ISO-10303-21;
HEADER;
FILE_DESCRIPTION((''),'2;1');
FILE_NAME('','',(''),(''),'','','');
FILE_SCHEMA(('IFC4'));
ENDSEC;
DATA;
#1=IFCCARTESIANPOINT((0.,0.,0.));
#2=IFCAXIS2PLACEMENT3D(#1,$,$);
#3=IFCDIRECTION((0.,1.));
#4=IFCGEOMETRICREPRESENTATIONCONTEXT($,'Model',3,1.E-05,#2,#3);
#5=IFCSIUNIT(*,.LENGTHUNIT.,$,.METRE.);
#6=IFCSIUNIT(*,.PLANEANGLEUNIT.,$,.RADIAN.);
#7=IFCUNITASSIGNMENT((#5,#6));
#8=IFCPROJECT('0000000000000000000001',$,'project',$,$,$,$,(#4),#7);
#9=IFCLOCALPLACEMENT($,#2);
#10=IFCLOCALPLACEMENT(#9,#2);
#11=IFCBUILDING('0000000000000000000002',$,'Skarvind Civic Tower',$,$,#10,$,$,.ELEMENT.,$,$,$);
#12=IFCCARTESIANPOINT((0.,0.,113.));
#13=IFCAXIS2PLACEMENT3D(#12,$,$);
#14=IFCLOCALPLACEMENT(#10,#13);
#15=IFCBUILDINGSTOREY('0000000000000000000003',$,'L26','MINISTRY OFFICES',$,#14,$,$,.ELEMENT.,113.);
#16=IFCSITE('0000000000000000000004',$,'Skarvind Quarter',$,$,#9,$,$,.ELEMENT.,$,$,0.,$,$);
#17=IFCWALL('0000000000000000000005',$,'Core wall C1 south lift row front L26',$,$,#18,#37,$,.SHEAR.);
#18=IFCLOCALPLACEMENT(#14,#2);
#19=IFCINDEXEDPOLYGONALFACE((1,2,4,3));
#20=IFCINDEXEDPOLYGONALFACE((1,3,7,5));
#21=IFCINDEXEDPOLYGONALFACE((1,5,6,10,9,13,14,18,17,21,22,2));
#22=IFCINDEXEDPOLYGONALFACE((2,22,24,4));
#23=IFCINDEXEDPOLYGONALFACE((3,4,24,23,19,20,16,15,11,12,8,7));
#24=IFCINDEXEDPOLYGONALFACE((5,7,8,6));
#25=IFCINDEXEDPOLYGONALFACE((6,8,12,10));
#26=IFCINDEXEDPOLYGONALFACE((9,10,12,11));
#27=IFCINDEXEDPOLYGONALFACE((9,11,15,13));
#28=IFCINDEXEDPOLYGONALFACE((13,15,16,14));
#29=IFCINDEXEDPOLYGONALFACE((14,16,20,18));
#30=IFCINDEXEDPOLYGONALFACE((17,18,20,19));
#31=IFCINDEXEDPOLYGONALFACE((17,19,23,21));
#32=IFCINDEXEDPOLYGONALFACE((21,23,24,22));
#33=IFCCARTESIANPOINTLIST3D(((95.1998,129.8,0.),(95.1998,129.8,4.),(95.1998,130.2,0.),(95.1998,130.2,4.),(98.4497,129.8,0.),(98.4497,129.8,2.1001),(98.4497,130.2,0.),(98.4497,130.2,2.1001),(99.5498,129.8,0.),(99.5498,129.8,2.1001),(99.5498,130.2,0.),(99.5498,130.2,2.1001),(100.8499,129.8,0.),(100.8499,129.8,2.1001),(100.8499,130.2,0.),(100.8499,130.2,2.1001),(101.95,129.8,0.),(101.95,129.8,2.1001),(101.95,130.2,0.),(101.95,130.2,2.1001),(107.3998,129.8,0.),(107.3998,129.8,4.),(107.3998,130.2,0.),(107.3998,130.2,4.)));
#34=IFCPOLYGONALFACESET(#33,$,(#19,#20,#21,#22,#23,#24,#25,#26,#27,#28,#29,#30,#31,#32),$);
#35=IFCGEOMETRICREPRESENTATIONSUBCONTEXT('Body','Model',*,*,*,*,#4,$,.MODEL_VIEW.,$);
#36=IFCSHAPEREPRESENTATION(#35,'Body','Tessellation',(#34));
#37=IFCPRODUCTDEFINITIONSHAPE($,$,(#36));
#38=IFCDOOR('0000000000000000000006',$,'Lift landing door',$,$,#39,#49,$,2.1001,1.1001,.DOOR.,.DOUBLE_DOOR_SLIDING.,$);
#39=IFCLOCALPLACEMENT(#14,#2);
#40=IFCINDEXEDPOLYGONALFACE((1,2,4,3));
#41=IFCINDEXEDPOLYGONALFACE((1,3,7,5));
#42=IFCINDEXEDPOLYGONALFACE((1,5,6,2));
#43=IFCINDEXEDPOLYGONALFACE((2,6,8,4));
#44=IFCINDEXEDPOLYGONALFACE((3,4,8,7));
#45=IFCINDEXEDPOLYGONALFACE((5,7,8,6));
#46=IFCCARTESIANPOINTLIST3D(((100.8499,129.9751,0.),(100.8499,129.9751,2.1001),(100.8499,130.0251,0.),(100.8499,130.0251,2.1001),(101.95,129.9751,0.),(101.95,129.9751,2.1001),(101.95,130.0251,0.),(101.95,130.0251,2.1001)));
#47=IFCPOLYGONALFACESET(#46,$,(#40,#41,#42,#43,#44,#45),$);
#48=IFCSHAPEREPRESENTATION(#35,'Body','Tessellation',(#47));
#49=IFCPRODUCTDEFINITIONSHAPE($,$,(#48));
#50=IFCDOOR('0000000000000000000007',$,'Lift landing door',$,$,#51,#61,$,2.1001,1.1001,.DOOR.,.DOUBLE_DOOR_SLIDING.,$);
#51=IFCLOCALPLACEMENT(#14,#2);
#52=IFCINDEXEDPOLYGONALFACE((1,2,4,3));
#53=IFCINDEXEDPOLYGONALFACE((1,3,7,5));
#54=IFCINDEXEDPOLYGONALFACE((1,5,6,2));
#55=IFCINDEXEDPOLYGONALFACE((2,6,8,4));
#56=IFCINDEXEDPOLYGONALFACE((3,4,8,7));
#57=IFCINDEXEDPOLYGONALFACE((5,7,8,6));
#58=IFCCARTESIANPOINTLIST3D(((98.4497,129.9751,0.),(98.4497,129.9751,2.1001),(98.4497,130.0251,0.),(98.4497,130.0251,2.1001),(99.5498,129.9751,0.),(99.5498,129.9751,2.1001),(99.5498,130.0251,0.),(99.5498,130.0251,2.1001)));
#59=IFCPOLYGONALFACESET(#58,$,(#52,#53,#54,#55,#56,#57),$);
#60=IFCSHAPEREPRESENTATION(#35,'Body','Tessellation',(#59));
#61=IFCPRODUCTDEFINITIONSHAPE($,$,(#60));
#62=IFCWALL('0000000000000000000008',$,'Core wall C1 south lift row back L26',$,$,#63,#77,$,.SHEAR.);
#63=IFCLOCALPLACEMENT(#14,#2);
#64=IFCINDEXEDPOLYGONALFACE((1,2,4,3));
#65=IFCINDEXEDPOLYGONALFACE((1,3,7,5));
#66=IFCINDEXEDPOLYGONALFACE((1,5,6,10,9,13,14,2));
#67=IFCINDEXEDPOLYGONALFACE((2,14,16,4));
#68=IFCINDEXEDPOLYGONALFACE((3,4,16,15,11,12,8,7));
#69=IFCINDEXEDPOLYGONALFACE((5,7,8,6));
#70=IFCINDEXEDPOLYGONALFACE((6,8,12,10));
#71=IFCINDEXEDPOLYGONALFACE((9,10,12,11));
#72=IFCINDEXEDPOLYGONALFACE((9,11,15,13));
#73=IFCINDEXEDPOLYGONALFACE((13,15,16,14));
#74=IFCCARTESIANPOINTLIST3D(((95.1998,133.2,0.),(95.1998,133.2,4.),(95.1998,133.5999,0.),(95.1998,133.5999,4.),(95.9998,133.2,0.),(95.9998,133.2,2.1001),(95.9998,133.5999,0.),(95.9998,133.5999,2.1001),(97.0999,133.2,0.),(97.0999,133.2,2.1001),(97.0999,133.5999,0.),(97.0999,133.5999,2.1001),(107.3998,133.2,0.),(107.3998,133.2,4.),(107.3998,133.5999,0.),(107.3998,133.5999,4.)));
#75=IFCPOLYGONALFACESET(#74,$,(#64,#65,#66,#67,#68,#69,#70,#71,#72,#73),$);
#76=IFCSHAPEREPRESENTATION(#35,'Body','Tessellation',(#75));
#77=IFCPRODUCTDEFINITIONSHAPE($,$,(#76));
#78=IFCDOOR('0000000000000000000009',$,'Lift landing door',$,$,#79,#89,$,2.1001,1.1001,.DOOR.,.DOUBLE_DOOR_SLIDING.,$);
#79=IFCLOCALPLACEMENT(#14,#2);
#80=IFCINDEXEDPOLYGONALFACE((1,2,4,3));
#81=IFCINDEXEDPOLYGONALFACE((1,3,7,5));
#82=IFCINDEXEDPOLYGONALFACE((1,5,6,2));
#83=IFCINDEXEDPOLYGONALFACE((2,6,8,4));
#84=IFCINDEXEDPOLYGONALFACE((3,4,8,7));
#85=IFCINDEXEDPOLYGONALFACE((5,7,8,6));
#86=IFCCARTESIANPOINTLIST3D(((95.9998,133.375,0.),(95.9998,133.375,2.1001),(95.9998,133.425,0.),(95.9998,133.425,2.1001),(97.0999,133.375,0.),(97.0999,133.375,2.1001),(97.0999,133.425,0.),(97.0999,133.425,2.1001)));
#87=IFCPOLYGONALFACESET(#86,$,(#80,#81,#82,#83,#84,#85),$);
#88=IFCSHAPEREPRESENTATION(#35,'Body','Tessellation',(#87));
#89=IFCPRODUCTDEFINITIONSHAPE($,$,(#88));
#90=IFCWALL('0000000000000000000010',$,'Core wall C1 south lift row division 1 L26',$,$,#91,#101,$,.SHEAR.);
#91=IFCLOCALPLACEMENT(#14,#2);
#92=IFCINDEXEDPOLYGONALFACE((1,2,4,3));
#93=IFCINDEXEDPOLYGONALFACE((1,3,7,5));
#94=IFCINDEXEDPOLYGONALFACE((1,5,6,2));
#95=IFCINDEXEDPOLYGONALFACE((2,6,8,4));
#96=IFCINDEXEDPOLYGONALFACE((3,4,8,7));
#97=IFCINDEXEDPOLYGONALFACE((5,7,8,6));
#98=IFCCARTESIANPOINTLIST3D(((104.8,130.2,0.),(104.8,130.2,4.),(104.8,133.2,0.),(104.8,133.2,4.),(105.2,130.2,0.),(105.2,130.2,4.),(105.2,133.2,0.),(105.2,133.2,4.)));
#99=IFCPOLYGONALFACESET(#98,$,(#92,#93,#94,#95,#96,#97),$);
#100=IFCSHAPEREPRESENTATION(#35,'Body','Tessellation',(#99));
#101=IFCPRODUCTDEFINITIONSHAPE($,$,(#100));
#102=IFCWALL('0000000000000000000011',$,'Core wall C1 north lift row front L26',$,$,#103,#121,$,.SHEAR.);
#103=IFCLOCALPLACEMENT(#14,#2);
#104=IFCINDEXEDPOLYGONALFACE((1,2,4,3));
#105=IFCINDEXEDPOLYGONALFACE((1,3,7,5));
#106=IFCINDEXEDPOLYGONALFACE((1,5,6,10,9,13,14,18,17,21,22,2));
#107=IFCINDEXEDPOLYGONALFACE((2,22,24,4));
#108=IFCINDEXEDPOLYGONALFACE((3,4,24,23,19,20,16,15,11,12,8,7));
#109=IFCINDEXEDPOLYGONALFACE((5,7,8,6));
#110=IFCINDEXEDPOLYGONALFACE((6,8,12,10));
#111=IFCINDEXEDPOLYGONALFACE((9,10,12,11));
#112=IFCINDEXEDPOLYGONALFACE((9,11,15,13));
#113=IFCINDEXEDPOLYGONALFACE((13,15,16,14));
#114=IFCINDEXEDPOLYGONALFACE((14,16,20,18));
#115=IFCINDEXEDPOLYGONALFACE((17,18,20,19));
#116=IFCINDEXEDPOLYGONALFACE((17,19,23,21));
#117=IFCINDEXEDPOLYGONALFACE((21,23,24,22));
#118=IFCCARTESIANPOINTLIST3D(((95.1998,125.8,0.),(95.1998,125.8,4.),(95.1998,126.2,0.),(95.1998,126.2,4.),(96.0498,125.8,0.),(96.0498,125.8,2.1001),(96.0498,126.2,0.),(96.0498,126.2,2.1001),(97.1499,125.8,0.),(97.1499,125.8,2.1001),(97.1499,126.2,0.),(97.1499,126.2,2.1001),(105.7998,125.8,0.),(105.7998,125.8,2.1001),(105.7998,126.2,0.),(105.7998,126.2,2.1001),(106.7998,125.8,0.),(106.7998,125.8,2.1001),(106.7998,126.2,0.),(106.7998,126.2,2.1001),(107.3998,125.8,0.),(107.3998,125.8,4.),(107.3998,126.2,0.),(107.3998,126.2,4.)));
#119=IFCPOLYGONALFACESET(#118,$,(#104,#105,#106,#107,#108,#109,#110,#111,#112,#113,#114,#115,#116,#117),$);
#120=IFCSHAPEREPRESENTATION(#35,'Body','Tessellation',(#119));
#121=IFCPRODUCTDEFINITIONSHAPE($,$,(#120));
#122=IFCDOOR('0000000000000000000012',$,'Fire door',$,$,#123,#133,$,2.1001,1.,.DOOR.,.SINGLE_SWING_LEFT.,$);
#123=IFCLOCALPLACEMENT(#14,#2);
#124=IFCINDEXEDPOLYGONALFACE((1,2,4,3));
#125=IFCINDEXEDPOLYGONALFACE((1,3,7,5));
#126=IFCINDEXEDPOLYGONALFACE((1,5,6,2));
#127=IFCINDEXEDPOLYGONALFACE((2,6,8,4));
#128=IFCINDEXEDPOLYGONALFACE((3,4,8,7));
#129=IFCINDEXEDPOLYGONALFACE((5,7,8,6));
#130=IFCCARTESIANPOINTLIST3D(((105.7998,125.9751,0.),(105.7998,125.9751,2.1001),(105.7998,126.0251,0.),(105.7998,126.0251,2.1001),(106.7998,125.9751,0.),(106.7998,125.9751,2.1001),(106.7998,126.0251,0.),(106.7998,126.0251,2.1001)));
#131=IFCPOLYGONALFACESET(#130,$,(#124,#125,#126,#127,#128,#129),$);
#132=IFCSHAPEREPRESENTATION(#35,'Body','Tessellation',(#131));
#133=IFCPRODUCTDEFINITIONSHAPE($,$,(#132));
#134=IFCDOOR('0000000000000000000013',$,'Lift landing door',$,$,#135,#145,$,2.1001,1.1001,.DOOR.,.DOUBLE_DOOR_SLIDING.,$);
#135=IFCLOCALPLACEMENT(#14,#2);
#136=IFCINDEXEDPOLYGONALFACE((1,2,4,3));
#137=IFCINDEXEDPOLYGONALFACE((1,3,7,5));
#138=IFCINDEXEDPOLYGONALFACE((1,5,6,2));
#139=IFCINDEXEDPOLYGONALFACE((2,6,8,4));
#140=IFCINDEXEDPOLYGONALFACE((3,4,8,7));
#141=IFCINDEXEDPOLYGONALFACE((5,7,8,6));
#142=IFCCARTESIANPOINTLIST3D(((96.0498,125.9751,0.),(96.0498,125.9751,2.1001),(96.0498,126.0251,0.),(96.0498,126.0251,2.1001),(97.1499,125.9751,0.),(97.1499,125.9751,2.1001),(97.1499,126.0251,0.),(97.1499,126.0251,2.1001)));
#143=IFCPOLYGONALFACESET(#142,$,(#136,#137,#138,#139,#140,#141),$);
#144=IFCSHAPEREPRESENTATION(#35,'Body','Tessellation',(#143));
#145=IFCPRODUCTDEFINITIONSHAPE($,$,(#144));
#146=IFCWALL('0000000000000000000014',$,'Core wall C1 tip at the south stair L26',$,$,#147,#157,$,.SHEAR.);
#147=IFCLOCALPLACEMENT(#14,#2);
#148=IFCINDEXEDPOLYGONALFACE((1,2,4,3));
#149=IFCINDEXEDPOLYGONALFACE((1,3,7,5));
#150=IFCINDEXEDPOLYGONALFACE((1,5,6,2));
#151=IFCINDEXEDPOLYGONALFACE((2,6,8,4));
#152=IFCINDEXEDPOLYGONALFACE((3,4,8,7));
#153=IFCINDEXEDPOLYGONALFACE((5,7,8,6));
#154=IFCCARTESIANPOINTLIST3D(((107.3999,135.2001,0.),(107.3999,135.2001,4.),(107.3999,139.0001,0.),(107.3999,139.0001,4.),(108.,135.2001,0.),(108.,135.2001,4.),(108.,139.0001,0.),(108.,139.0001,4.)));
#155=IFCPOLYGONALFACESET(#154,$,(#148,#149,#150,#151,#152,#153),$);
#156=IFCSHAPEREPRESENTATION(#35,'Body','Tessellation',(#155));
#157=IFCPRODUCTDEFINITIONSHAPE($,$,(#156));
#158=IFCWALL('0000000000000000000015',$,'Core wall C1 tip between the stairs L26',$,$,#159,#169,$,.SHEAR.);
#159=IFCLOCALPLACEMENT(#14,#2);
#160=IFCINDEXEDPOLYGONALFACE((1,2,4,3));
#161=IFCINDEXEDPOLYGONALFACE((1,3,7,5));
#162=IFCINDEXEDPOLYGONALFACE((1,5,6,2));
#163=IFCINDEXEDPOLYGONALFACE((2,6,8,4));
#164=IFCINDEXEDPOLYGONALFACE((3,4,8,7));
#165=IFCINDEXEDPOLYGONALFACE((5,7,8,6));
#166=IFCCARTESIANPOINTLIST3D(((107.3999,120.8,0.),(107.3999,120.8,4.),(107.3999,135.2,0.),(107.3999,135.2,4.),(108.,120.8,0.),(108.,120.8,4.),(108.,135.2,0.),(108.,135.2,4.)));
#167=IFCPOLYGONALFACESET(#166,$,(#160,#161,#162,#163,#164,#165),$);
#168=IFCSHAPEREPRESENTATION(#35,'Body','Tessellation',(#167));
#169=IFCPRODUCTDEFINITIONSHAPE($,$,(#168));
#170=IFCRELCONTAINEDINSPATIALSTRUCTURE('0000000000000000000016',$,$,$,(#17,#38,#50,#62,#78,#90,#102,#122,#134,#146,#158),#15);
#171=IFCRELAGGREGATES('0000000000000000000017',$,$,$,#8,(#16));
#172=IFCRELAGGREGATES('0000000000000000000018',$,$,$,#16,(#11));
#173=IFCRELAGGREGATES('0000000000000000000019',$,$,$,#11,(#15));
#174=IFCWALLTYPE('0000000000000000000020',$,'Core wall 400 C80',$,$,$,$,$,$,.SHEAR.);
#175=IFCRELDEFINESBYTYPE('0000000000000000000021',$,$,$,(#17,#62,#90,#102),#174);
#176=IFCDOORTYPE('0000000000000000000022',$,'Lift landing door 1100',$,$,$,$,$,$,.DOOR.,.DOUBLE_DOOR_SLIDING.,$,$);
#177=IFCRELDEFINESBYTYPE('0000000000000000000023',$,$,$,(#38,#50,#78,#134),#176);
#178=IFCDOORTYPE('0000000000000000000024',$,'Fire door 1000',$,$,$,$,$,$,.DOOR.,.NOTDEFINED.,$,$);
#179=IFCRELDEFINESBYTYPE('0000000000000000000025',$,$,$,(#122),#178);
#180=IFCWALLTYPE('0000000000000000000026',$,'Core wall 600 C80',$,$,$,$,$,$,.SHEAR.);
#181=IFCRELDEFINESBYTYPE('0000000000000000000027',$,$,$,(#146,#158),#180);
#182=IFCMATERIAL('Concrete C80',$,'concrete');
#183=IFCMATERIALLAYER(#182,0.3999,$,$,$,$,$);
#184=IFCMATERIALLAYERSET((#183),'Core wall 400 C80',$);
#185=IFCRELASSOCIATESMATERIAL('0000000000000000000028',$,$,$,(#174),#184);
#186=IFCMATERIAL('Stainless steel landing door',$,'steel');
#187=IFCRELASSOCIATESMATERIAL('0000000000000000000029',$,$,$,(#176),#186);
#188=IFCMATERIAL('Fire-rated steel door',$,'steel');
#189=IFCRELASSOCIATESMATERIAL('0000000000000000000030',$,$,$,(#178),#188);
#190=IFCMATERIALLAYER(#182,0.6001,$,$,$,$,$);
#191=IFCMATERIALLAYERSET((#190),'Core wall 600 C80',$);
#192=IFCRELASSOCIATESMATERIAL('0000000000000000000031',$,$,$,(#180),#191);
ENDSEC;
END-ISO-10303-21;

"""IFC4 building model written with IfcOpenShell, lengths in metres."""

from ifc_helpers import new_model, si_unit, direction, frame, frame_2d, origin, place, context, subcontext, project, spatial, rectangle, extrude, material, layer, layer_set, type_object, element, fill, save


model = new_model("IFC4")

# Units and contexts
model_context = context("Model", 3, precision=1e-05, world=origin(), true_north=direction((0.0, 1.0)))
body_context = subcontext(model_context, "Body", "Model", "MODEL_VIEW")
ifc_project = project(units=[si_unit("LENGTHUNIT", "METRE"), si_unit("PLANEANGLEUNIT", "RADIAN")], contexts=[model_context])

# Site, building, storey
site_placement = place(None, origin())
site = spatial("IfcSite", under=ifc_project, at=site_placement, Name="Skarvind Quarter", CompositionType="ELEMENT", RefElevation=0.0)
building_placement = place(site_placement, origin())
building = spatial("IfcBuilding", under=site, at=building_placement, Name="Skarvind Civic Tower", CompositionType="ELEMENT")
storey_placement = place(building_placement, frame((0.0, 0.0, 113.0)))
storey = spatial("IfcBuildingStorey", under=building, at=storey_placement, Name="L26", Description="MINISTRY OFFICES", CompositionType="ELEMENT", Elevation=113.0)

# Shared definitions
ifc_material_1 = material(Name="Concrete C80", Category="concrete")
ifc_layer_1 = layer(ifc_material_1, 0.3999)
ifc_layer_set_1 = layer_set([ifc_layer_1], Name="Core wall 400 C80")
wall_type_1 = type_object("IfcWallType", Name="Core wall 400 C80", PredefinedType="SHEAR", material=ifc_layer_set_1)

# Wall, openings, doors
wall_1_placement = place(storey_placement, frame((107.3999, 130.0, 0.0), z_axis=(0.0, 0.0, 1.0), x_axis=(-1.0, 0.0, 0.0)))
wall_1 = element("IfcWall", 1, at=wall_1_placement, inside=storey, type_object=wall_type_1, Name="Core wall C1 south lift row front L26", PredefinedType="SHEAR", context=body_context, shape_type="SweptSolid", body=[
    extrude(rectangle(XDim=12.2, YDim=0.3999, at=frame_2d((6.1001, 0.0))), origin(), (0.0, 0.0, 1.0), 4.0),
])
opening_1_placement = place(wall_1_placement, frame((5.45, 0.0, 0.0)))
opening_1 = element("IfcOpeningElement", 2, at=opening_1_placement, cuts=wall_1, PredefinedType="OPENING", context=body_context, shape_type="SweptSolid", body=[
    extrude(rectangle(XDim=1.1001, YDim=2.1001, at=frame_2d((0.55, 1.05))), frame((0.0, 0.21, 0.0), z_axis=(0.0, -1.0, 0.0), x_axis=(1.0, 0.0, 0.0)), (0.0, 0.0, 1.0), 0.4199),
])
opening_2_placement = place(wall_1_placement, frame((7.8501, 0.0, 0.0)))
opening_2 = element("IfcOpeningElement", 3, at=opening_2_placement, cuts=wall_1, PredefinedType="OPENING", context=body_context, shape_type="SweptSolid", body=[
    extrude(rectangle(XDim=1.1001, YDim=2.1001, at=frame_2d((0.55, 1.05))), frame((0.0, 0.21, 0.0), z_axis=(0.0, -1.0, 0.0), x_axis=(1.0, 0.0, 0.0)), (0.0, 0.0, 1.0), 0.4199),
])
ifc_material_2 = material(Name="Stainless steel landing door", Category="steel")
door_type_1 = type_object("IfcDoorType", Name="Lift landing door 1100", OperationType="DOUBLE_DOOR_SLIDING", PredefinedType="DOOR", material=ifc_material_2)
door_1_placement = place(opening_1_placement, origin())
door_1 = element("IfcDoor", 4, at=door_1_placement, inside=storey, type_object=door_type_1, Name="Lift landing door", OperationType="DOUBLE_DOOR_SLIDING", OverallHeight=2.1001, OverallWidth=1.1001, PredefinedType="DOOR", context=body_context, shape_type="SweptSolid", body=[
    extrude(rectangle(XDim=1.1001, YDim=2.1001, at=frame_2d((0.55, 1.05))), frame((0.0, 0.0249, 0.0), z_axis=(0.0, -1.0, 0.0), x_axis=(1.0, 0.0, 0.0)), (0.0, 0.0, 1.0), 0.05),
])
fill(opening_1, door_1)
door_2_placement = place(opening_2_placement, origin())
door_2 = element("IfcDoor", 5, at=door_2_placement, inside=storey, type_object=door_type_1, Name="Lift landing door", OperationType="DOUBLE_DOOR_SLIDING", OverallHeight=2.1001, OverallWidth=1.1001, PredefinedType="DOOR", context=body_context, shape_type="SweptSolid", body=[
    extrude(rectangle(XDim=1.1001, YDim=2.1001, at=frame_2d((0.55, 1.05))), frame((0.0, 0.0249, 0.0), z_axis=(0.0, -1.0, 0.0), x_axis=(1.0, 0.0, 0.0)), (0.0, 0.0, 1.0), 0.05),
])
fill(opening_2, door_2)

# Wall, opening, door
wall_2_placement = place(storey_placement, frame((107.3999, 133.3999, 0.0), z_axis=(0.0, 0.0, 1.0), x_axis=(-1.0, 0.0, 0.0)))
wall_2 = element("IfcWall", 6, at=wall_2_placement, inside=storey, type_object=wall_type_1, Name="Core wall C1 south lift row back L26", PredefinedType="SHEAR", context=body_context, shape_type="SweptSolid", body=[
    extrude(rectangle(XDim=12.2, YDim=0.3999, at=frame_2d((6.1001, 0.0))), origin(), (0.0, 0.0, 1.0), 4.0),
])
opening_3_placement = place(wall_2_placement, frame((10.3, 0.0, 0.0)))
opening_3 = element("IfcOpeningElement", 7, at=opening_3_placement, cuts=wall_2, PredefinedType="OPENING", context=body_context, shape_type="SweptSolid", body=[
    extrude(rectangle(XDim=1.1001, YDim=2.1001, at=frame_2d((0.55, 1.05))), frame((0.0, 0.21, 0.0), z_axis=(0.0, -1.0, 0.0), x_axis=(1.0, 0.0, 0.0)), (0.0, 0.0, 1.0), 0.4199),
])
door_3_placement = place(opening_3_placement, origin())
door_3 = element("IfcDoor", 8, at=door_3_placement, inside=storey, type_object=door_type_1, Name="Lift landing door", OperationType="DOUBLE_DOOR_SLIDING", OverallHeight=2.1001, OverallWidth=1.1001, PredefinedType="DOOR", context=body_context, shape_type="SweptSolid", body=[
    extrude(rectangle(XDim=1.1001, YDim=2.1001, at=frame_2d((0.55, 1.05))), frame((0.0, 0.0249, 0.0), z_axis=(0.0, -1.0, 0.0), x_axis=(1.0, 0.0, 0.0)), (0.0, 0.0, 1.0), 0.05),
])
fill(opening_3, door_3)

# Wall
wall_3_placement = place(storey_placement, frame((105.0, 133.2, 0.0), z_axis=(0.0, 0.0, 1.0), x_axis=(0.0, -1.0, 0.0)))
element("IfcWall", 9, at=wall_3_placement, inside=storey, type_object=wall_type_1, Name="Core wall C1 south lift row division 1 L26", PredefinedType="SHEAR", context=body_context, shape_type="SweptSolid", body=[
    extrude(rectangle(XDim=3.0, YDim=0.3999, at=frame_2d((1.5, 0.0))), origin(), (0.0, 0.0, 1.0), 4.0),
])

# Wall, openings, doors
wall_4_placement = place(storey_placement, frame((107.3999, 126.0, 0.0), z_axis=(0.0, 0.0, 1.0), x_axis=(-1.0, 0.0, 0.0)))
wall_4 = element("IfcWall", 10, at=wall_4_placement, inside=storey, type_object=wall_type_1, Name="Core wall C1 north lift row front L26", PredefinedType="SHEAR", context=body_context, shape_type="SweptSolid", body=[
    extrude(rectangle(XDim=12.2, YDim=0.3999, at=frame_2d((6.1001, 0.0))), origin(), (0.0, 0.0, 1.0), 4.0),
])
opening_4_placement = place(wall_4_placement, frame((10.25, 0.0, 0.0)))
opening_4 = element("IfcOpeningElement", 11, at=opening_4_placement, cuts=wall_4, PredefinedType="OPENING", context=body_context, shape_type="SweptSolid", body=[
    extrude(rectangle(XDim=1.1001, YDim=2.1001, at=frame_2d((0.55, 1.05))), frame((0.0, 0.21, 0.0), z_axis=(0.0, -1.0, 0.0), x_axis=(1.0, 0.0, 0.0)), (0.0, 0.0, 1.0), 0.4199),
])
opening_5_placement = place(wall_4_placement, frame((0.6001, 0.0, 0.0)))
opening_5 = element("IfcOpeningElement", 12, at=opening_5_placement, cuts=wall_4, PredefinedType="OPENING", context=body_context, shape_type="SweptSolid", body=[
    extrude(rectangle(XDim=1.0, YDim=2.1001, at=frame_2d((0.5, 1.05))), frame((0.0, 0.21, 0.0), z_axis=(0.0, -1.0, 0.0), x_axis=(1.0, 0.0, 0.0)), (0.0, 0.0, 1.0), 0.4199),
])
ifc_material_3 = material(Name="Fire-rated steel door", Category="steel")
door_type_2 = type_object("IfcDoorType", Name="Fire door 1000", OperationType="NOTDEFINED", PredefinedType="DOOR", material=ifc_material_3)
door_4_placement = place(opening_5_placement, origin())
door_4 = element("IfcDoor", 13, at=door_4_placement, inside=storey, type_object=door_type_2, Name="Fire door", OperationType="SINGLE_SWING_LEFT", OverallHeight=2.1001, OverallWidth=1.0, PredefinedType="DOOR", context=body_context, shape_type="SweptSolid", body=[
    extrude(rectangle(XDim=1.0, YDim=2.1001, at=frame_2d((0.5, 1.05))), frame((0.0, 0.0249, 0.0), z_axis=(0.0, -1.0, 0.0), x_axis=(1.0, 0.0, 0.0)), (0.0, 0.0, 1.0), 0.05),
])
fill(opening_5, door_4)
door_5_placement = place(opening_4_placement, origin())
door_5 = element("IfcDoor", 14, at=door_5_placement, inside=storey, type_object=door_type_1, Name="Lift landing door", OperationType="DOUBLE_DOOR_SLIDING", OverallHeight=2.1001, OverallWidth=1.1001, PredefinedType="DOOR", context=body_context, shape_type="SweptSolid", body=[
    extrude(rectangle(XDim=1.1001, YDim=2.1001, at=frame_2d((0.55, 1.05))), frame((0.0, 0.0249, 0.0), z_axis=(0.0, -1.0, 0.0), x_axis=(1.0, 0.0, 0.0)), (0.0, 0.0, 1.0), 0.05),
])
fill(opening_4, door_5)

# Walls
ifc_layer_2 = layer(ifc_material_1, 0.6001)
ifc_layer_set_2 = layer_set([ifc_layer_2], Name="Core wall 600 C80")
wall_type_2 = type_object("IfcWallType", Name="Core wall 600 C80", PredefinedType="SHEAR", material=ifc_layer_set_2)
wall_5_placement = place(storey_placement, frame((107.7, 139.0, 0.0), z_axis=(0.0, 0.0, 1.0), x_axis=(0.0, -1.0, 0.0)))
element("IfcWall", 15, at=wall_5_placement, inside=storey, type_object=wall_type_2, Name="Core wall C1 tip at the south stair L26", PredefinedType="SHEAR", context=body_context, shape_type="SweptSolid", body=[
    extrude(rectangle(XDim=3.8, YDim=0.6001, at=frame_2d((1.8999, 0.0))), origin(), (0.0, 0.0, 1.0), 4.0),
])
wall_6_placement = place(storey_placement, frame((107.7, 135.2, 0.0), z_axis=(0.0, 0.0, 1.0), x_axis=(0.0, -1.0, 0.0)))
element("IfcWall", 16, at=wall_6_placement, inside=storey, type_object=wall_type_2, Name="Core wall C1 tip between the stairs L26", PredefinedType="SHEAR", context=body_context, shape_type="SweptSolid", body=[
    extrude(rectangle(XDim=14.3999, YDim=0.6001, at=frame_2d((7.2, 0.0))), origin(), (0.0, 0.0, 1.0), 4.0),
])

save(model, "model.ifc")
